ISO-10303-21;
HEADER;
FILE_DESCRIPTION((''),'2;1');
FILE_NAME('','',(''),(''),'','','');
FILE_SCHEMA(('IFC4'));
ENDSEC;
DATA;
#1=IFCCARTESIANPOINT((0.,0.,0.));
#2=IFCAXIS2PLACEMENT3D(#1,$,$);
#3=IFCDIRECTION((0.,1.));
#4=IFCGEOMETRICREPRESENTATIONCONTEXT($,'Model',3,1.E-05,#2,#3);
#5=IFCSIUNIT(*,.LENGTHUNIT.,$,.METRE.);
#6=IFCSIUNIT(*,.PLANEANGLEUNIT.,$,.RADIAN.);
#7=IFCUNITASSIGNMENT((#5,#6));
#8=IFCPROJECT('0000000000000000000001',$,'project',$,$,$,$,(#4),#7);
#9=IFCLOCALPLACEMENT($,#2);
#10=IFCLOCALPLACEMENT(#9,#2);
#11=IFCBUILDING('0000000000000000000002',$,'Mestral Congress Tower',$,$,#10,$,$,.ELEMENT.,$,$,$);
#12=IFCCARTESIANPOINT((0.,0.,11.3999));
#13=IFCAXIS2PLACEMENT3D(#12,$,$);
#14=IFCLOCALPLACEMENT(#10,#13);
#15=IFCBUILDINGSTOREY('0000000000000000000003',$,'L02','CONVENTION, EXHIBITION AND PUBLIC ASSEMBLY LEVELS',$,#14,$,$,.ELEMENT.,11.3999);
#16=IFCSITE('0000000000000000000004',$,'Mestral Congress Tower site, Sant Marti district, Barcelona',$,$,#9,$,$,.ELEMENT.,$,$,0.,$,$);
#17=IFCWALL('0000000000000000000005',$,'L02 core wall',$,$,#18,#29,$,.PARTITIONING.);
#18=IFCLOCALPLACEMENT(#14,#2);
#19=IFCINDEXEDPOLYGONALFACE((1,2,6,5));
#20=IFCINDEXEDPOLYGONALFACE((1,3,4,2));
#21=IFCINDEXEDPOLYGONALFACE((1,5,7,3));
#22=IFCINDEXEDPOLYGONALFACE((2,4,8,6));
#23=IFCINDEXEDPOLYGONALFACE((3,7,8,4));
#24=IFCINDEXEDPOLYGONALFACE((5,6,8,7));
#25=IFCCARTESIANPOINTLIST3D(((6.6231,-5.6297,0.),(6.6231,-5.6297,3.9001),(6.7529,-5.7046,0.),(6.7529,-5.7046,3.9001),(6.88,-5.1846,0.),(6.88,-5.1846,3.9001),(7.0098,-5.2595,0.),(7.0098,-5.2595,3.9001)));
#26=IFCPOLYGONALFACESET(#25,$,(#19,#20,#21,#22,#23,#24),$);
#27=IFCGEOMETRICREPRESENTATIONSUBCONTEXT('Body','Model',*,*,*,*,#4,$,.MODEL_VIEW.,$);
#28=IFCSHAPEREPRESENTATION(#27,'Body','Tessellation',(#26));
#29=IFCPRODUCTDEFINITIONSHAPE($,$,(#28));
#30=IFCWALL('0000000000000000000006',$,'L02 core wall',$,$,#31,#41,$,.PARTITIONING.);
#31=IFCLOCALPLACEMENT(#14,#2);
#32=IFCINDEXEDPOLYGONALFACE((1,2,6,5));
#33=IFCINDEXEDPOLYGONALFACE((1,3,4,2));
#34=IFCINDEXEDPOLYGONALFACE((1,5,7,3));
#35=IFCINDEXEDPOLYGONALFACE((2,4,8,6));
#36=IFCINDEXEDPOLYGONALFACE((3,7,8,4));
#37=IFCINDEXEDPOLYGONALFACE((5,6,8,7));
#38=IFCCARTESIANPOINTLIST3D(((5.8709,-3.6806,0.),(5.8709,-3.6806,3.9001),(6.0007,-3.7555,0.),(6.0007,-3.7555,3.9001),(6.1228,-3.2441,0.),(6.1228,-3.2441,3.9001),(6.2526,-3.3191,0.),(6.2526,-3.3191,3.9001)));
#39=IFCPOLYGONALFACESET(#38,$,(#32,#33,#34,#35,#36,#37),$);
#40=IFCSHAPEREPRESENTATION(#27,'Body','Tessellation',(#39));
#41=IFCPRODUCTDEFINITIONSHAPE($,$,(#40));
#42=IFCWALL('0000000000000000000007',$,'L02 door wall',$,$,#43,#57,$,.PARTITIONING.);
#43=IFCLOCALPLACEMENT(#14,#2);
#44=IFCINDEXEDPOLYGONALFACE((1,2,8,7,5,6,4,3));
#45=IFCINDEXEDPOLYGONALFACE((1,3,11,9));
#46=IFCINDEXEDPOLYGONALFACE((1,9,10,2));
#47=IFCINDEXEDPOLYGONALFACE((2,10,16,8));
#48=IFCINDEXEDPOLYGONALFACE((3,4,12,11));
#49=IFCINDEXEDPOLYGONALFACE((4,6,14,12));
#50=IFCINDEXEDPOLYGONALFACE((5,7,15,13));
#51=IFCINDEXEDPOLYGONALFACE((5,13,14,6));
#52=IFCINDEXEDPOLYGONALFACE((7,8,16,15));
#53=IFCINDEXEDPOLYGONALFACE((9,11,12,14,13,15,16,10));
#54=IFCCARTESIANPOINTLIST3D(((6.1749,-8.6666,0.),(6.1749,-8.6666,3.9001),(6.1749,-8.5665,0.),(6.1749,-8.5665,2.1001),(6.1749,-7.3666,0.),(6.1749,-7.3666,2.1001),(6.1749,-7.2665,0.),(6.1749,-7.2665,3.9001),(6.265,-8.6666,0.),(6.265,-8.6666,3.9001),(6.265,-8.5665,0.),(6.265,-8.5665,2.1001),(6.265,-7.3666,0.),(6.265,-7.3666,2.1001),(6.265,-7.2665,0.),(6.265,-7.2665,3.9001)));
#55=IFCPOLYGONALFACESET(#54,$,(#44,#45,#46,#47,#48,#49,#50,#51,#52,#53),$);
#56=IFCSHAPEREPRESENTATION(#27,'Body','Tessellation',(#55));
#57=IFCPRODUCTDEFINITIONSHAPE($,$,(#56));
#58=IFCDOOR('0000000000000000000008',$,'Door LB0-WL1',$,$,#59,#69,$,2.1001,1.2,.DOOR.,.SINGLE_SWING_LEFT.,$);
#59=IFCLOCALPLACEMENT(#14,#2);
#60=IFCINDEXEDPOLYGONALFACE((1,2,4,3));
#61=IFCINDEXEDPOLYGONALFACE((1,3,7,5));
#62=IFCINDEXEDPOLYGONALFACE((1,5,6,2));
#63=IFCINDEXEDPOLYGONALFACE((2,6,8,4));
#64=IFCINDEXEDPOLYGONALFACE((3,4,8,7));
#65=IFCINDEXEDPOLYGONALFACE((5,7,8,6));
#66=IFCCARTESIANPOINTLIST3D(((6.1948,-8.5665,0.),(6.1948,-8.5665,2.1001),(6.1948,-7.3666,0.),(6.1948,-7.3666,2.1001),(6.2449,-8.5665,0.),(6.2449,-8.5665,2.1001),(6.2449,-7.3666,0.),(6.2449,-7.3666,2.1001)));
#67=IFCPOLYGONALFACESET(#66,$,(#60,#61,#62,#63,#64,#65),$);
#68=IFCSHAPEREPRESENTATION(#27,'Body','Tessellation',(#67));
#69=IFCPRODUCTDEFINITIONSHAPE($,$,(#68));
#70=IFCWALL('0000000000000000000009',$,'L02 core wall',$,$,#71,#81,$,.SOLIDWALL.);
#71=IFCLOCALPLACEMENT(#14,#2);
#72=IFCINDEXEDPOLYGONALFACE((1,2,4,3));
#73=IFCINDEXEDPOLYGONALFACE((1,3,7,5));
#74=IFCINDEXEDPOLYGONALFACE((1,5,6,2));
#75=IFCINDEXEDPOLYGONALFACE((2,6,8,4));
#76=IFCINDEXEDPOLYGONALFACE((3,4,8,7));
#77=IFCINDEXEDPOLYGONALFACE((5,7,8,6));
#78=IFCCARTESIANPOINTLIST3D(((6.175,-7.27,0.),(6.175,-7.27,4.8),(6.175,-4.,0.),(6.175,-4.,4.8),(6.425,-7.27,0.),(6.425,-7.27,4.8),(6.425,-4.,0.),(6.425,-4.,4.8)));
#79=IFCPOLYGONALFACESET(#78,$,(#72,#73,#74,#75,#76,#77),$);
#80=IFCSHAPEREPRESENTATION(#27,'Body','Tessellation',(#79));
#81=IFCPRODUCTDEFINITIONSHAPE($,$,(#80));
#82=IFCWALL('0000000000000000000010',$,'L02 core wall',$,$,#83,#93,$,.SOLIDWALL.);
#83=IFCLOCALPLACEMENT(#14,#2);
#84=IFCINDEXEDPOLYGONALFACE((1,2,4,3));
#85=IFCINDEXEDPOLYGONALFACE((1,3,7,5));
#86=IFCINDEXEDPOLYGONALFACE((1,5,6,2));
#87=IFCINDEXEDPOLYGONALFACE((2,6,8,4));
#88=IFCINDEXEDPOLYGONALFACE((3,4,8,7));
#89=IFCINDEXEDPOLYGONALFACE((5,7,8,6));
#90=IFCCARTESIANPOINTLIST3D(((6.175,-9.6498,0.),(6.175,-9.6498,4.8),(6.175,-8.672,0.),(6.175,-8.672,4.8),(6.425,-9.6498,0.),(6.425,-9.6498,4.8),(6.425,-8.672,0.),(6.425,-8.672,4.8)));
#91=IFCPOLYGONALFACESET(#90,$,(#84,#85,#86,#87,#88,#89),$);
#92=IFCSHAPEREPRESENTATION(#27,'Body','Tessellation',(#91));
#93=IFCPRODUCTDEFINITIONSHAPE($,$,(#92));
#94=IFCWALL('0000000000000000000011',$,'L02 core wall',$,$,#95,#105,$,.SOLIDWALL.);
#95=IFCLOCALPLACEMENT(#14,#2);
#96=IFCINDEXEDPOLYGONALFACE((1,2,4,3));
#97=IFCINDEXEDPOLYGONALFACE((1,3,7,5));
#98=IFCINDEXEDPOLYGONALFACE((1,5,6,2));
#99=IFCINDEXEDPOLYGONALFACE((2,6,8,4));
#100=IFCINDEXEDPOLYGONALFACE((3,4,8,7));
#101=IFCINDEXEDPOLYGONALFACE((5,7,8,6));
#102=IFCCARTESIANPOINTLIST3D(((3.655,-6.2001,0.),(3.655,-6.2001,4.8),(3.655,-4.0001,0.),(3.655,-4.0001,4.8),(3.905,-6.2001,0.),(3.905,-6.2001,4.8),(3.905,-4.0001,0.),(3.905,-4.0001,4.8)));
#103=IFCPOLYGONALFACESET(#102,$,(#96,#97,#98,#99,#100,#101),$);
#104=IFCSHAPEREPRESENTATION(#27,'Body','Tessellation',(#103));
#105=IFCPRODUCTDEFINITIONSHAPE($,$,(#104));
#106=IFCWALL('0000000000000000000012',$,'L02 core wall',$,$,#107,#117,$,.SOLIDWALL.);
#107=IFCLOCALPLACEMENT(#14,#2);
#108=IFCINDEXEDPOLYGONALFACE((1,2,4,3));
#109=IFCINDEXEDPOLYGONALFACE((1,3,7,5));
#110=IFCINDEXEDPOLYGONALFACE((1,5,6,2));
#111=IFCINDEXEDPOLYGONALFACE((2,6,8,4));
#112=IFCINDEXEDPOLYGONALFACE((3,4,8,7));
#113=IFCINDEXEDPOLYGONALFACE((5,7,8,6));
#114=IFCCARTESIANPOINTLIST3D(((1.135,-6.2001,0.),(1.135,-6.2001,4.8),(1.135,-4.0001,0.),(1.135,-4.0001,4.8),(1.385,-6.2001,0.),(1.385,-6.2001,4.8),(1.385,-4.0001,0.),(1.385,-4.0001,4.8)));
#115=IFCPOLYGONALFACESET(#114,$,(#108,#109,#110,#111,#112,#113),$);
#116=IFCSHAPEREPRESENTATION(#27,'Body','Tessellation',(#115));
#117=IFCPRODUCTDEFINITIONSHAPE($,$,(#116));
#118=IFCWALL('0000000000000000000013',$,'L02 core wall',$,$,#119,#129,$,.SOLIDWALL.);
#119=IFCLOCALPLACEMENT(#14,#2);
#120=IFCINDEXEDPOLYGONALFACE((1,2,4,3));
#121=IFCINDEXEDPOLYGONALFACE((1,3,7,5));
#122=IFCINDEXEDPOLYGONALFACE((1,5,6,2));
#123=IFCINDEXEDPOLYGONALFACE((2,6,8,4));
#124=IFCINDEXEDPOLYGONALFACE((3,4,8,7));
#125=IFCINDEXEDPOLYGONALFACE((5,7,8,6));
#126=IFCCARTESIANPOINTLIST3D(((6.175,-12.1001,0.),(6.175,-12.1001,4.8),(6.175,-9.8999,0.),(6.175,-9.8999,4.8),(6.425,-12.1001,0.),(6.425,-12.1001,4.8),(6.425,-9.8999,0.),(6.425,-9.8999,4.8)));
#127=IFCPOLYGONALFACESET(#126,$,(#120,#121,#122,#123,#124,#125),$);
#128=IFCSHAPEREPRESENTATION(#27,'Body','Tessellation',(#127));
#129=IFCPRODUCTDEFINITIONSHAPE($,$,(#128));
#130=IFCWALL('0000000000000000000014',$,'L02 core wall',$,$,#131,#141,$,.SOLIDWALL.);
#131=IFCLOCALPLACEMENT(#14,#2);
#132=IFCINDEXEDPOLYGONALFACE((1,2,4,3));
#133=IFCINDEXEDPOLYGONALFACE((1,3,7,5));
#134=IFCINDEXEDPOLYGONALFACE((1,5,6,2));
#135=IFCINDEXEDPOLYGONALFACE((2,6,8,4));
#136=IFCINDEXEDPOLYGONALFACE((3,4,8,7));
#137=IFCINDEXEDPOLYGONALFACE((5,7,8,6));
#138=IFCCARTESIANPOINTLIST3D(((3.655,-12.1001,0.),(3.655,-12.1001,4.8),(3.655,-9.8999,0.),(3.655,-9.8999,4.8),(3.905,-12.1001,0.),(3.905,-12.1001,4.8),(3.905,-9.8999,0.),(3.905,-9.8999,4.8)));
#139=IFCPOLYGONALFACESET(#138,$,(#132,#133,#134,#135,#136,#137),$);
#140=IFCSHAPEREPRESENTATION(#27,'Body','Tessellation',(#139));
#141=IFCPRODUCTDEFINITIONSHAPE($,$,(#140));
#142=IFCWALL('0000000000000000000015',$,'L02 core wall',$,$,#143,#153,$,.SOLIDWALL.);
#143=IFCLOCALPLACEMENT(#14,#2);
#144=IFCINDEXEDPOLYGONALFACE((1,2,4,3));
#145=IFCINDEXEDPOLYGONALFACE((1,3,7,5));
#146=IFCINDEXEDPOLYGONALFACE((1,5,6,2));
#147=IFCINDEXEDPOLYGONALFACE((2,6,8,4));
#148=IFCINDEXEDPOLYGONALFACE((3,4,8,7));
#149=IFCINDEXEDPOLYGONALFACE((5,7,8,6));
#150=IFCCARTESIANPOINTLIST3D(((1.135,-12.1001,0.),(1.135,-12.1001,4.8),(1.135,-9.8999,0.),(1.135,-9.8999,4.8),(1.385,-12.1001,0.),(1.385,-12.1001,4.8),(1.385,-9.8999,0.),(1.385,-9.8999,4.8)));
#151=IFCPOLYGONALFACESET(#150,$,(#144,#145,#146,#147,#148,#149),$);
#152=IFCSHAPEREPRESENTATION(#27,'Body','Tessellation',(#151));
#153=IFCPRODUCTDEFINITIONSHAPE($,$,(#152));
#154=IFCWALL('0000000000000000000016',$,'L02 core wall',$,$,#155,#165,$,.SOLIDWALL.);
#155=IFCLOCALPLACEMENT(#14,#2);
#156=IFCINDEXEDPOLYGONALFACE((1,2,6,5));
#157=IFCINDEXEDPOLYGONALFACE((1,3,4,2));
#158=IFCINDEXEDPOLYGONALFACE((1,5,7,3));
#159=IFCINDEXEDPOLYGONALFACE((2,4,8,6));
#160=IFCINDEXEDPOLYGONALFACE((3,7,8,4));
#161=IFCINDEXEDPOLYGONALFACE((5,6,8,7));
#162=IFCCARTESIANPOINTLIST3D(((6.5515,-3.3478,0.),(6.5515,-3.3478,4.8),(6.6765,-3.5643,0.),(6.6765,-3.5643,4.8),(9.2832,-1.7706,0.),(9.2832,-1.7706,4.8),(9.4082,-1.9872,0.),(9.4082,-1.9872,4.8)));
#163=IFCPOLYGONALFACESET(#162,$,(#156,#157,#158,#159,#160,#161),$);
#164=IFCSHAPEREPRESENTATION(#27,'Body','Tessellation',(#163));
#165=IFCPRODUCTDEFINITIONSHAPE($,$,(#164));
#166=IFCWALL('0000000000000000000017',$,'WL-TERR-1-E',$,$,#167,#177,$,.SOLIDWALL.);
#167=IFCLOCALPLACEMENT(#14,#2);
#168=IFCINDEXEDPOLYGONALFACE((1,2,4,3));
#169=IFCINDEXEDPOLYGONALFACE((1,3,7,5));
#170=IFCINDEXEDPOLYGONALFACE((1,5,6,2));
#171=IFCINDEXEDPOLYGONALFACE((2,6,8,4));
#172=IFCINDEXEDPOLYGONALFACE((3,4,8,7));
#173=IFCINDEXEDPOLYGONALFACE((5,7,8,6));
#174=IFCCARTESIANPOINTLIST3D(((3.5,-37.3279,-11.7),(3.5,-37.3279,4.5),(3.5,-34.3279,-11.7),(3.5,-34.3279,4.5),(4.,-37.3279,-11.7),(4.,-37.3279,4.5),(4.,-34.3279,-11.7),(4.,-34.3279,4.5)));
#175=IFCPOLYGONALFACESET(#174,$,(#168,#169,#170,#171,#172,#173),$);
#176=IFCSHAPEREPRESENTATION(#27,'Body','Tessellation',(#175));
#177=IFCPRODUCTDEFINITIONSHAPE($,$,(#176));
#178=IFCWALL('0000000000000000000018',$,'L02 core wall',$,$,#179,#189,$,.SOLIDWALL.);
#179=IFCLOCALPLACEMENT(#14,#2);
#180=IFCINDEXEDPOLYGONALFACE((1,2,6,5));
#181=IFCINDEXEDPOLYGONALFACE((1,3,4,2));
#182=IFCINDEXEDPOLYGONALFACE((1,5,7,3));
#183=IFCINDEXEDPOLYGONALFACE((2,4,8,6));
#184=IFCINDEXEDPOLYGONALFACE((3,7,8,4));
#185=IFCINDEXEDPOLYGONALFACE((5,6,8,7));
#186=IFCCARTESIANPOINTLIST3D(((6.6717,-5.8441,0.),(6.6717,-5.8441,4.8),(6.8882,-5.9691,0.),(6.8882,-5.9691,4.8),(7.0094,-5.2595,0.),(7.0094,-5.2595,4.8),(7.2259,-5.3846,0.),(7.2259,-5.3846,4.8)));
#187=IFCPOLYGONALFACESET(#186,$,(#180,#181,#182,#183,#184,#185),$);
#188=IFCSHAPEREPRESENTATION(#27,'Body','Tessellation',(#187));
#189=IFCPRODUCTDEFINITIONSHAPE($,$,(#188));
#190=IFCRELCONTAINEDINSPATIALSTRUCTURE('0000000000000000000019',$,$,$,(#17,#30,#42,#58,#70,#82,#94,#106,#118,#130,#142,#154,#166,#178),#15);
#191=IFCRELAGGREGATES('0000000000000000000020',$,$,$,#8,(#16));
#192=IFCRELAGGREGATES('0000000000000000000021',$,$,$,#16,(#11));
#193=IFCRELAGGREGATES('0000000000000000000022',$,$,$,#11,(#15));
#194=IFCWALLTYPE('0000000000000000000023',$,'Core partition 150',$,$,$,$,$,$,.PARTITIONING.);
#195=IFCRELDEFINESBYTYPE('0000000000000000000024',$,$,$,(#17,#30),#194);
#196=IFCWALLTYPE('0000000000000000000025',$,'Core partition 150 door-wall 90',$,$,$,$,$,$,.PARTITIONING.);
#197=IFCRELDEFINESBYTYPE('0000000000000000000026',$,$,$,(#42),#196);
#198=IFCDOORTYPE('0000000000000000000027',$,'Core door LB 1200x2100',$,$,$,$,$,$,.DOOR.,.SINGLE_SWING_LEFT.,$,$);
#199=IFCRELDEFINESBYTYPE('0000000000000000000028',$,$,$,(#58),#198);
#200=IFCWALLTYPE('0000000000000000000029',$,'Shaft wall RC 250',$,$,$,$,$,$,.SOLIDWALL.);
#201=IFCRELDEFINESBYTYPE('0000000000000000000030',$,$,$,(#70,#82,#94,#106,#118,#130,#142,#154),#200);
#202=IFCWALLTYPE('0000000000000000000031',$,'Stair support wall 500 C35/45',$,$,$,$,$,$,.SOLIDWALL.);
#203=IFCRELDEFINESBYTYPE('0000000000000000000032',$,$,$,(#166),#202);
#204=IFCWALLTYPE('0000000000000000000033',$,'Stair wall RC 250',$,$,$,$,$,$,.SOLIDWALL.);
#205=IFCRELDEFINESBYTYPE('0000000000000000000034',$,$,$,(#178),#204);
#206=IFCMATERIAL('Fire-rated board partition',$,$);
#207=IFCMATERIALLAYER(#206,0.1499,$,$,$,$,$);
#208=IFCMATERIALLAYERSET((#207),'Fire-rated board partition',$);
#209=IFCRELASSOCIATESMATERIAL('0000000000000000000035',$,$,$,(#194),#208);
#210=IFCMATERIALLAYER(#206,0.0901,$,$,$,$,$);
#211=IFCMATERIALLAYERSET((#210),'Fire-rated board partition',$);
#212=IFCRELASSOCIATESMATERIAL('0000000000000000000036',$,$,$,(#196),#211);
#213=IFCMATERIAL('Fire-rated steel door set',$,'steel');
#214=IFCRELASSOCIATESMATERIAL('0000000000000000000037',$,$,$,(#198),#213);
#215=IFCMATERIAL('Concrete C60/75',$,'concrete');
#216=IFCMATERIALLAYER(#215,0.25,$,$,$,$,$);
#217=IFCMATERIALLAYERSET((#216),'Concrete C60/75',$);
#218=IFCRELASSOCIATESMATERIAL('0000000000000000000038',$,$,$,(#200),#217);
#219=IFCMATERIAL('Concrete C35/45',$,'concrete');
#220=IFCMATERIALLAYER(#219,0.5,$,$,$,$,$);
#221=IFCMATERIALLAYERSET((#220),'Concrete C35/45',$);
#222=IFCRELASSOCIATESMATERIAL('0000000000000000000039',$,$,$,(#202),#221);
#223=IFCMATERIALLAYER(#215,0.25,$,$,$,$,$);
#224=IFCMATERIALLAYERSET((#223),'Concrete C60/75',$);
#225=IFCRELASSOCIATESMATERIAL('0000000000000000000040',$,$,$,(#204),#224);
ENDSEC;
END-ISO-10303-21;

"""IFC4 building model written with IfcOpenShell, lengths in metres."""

from ifc_helpers import new_model, si_unit, direction, frame, frame_2d, origin, place, context, subcontext, project, spatial, rectangle, extrude, material, layer, layer_set, type_object, element, fill, save


model = new_model("IFC4")

# Units and contexts
model_context = context("Model", 3, precision=1e-05, world=origin(), true_north=direction((0.0, 1.0)))
body_context = subcontext(model_context, "Body", "Model", "MODEL_VIEW")
ifc_project = project(units=[si_unit("LENGTHUNIT", "METRE"), si_unit("PLANEANGLEUNIT", "RADIAN")], contexts=[model_context])

# Site, building, storey
site_placement = place(None, origin())
site = spatial("IfcSite", under=ifc_project, at=site_placement, Name="Mestral Congress Tower site, Sant Marti district, Barcelona", CompositionType="ELEMENT", RefElevation=0.0)
building_placement = place(site_placement, origin())
building = spatial("IfcBuilding", under=site, at=building_placement, Name="Mestral Congress Tower", CompositionType="ELEMENT")
storey_placement = place(building_placement, frame((0.0, 0.0, 11.3999)))
storey = spatial("IfcBuildingStorey", under=building, at=storey_placement, Name="L02", Description="CONVENTION, EXHIBITION AND PUBLIC ASSEMBLY LEVELS", CompositionType="ELEMENT", Elevation=11.3999)

# Walls
ifc_material_1 = material(Name="Fire-rated board partition")
ifc_layer_1 = layer(ifc_material_1, 0.1499)
ifc_layer_set_1 = layer_set([ifc_layer_1], Name="Fire-rated board partition")
wall_type_1 = type_object("IfcWallType", Name="Core partition 150", PredefinedType="PARTITIONING", material=ifc_layer_set_1)
wall_1_placement = place(storey_placement, frame((6.9448, -5.2222, 0.0), z_axis=(0.0, 0.0, 1.0), x_axis=(-0.499818, -0.86613, 0.0)))
element("IfcWall", 1, at=wall_1_placement, inside=storey, type_object=wall_type_1, Name="L02 core wall", PredefinedType="PARTITIONING", context=body_context, shape_type="SweptSolid", body=[
    extrude(rectangle(XDim=0.5139, YDim=0.1499, at=frame_2d((0.2568, 0.0))), origin(), (0.0, 0.0, 1.0), 3.9001),
])
wall_2_placement = place(storey_placement, frame((5.9358, -3.718, 0.0), z_axis=(0.0, 0.0, 1.0), x_axis=(0.49989, 0.866089, 0.0)))
element("IfcWall", 2, at=wall_2_placement, inside=storey, type_object=wall_type_1, Name="L02 core wall", PredefinedType="PARTITIONING", context=body_context, shape_type="SweptSolid", body=[
    extrude(rectangle(XDim=0.5039, YDim=0.1499, at=frame_2d((0.252, 0.0))), origin(), (0.0, 0.0, 1.0), 3.9001),
])

# Wall, opening, door
ifc_layer_2 = layer(ifc_material_1, 0.0901)
ifc_layer_set_2 = layer_set([ifc_layer_2], Name="Fire-rated board partition")
wall_type_2 = type_object("IfcWallType", Name="Core partition 150 door-wall 90", PredefinedType="PARTITIONING", material=ifc_layer_set_2)
wall_3_placement = place(storey_placement, frame((6.22, -7.2664, 0.0), z_axis=(0.0, 0.0, 1.0), x_axis=(0.0, -1.0, 0.0)))
wall_3 = element("IfcWall", 3, at=wall_3_placement, inside=storey, type_object=wall_type_2, Name="L02 door wall", PredefinedType="PARTITIONING", context=body_context, shape_type="SweptSolid", body=[
    extrude(rectangle(XDim=1.4001, YDim=0.0901, at=frame_2d((0.7002, 0.0))), origin(), (0.0, 0.0, 1.0), 3.9001),
])
opening_1_placement = place(wall_3_placement, frame((0.1001, 0.0, 0.0)))
opening_1 = element("IfcOpeningElement", 4, at=opening_1_placement, cuts=wall_3, PredefinedType="OPENING", context=body_context, shape_type="SweptSolid", body=[
    extrude(rectangle(XDim=1.2, YDim=2.1001, at=frame_2d((0.6001, 1.05))), frame((0.0, 0.0549, 0.0), z_axis=(0.0, -1.0, 0.0), x_axis=(1.0, 0.0, 0.0)), (0.0, 0.0, 1.0), 0.1101),
])
ifc_material_2 = material(Name="Fire-rated steel door set", Category="steel")
door_type_1 = type_object("IfcDoorType", Name="Core door LB 1200x2100", OperationType="SINGLE_SWING_LEFT", PredefinedType="DOOR", material=ifc_material_2)
door_1_placement = place(opening_1_placement, origin())
door_1 = element("IfcDoor", 5, at=door_1_placement, inside=storey, type_object=door_type_1, Name="Door LB0-WL1", OperationType="SINGLE_SWING_LEFT", OverallHeight=2.1001, OverallWidth=1.2, PredefinedType="DOOR", context=body_context, shape_type="SweptSolid", body=[
    extrude(rectangle(XDim=1.2, YDim=2.1001, at=frame_2d((0.6001, 1.05))), frame((0.0, 0.0249, 0.0), z_axis=(0.0, -1.0, 0.0), x_axis=(1.0, 0.0, 0.0)), (0.0, 0.0, 1.0), 0.05),
])
fill(opening_1, door_1)

# Walls
ifc_material_3 = material(Name="Concrete C60/75", Category="concrete")
ifc_layer_3 = layer(ifc_material_3, 0.25)
ifc_layer_set_3 = layer_set([ifc_layer_3], Name="Concrete C60/75")
wall_type_3 = type_object("IfcWallType", Name="Shaft wall RC 250", PredefinedType="SOLIDWALL", material=ifc_layer_set_3)
wall_4_placement = place(storey_placement, frame((6.3, -7.27, 0.0), z_axis=(0.0, 0.0, 1.0), x_axis=(0.0, 1.0, 0.0)))
element("IfcWall", 6, at=wall_4_placement, inside=storey, type_object=wall_type_3, Name="L02 core wall", PredefinedType="SOLIDWALL", context=body_context, shape_type="SweptSolid", body=[
    extrude(rectangle(XDim=3.27, YDim=0.25, at=frame_2d((1.635, 0.0))), origin(), (0.0, 0.0, 1.0), 4.8),
])
wall_5_placement = place(storey_placement, frame((6.3, -8.6721, 0.0), z_axis=(0.0, 0.0, 1.0), x_axis=(0.0, -1.0, 0.0)))
element("IfcWall", 7, at=wall_5_placement, inside=storey, type_object=wall_type_3, Name="L02 core wall", PredefinedType="SOLIDWALL", context=body_context, shape_type="SweptSolid", body=[
    extrude(rectangle(XDim=0.9778, YDim=0.25, at=frame_2d((0.4888, 0.0))), origin(), (0.0, 0.0, 1.0), 4.8),
])
for number, where, z_axis, x_axis, name in (
    (8, (3.78, -4.0, 0.0), (0.0, 0.0, 1.0), (0.0, -1.0, 0.0), "L02 core wall"),
    (9, (1.26, -4.0, 0.0), (0.0, 0.0, 1.0), (0.0, -1.0, 0.0), "L02 core wall"),
):
    element("IfcWall", number, at=place(storey_placement, frame(where, z_axis=z_axis, x_axis=x_axis)), inside=storey, type_object=wall_type_3, Name=name, PredefinedType="SOLIDWALL", context=body_context, shape_type="SweptSolid", body=[
        extrude(rectangle(XDim=2.2, YDim=0.25, at=frame_2d((1.1001, 0.0))), origin(), (0.0, 0.0, 1.0), 4.8),
    ])
for number, where, z_axis, x_axis, name in (
    (10, (6.3, -9.8999, 0.0), (0.0, 0.0, 1.0), (0.0, -1.0, 0.0), "L02 core wall"),
    (11, (3.78, -9.8999, 0.0), (0.0, 0.0, 1.0), (0.0, -1.0, 0.0), "L02 core wall"),
    (12, (1.26, -9.8999, 0.0), (0.0, 0.0, 1.0), (0.0, -1.0, 0.0), "L02 core wall"),
):
    element("IfcWall", number, at=place(storey_placement, frame(where, z_axis=z_axis, x_axis=x_axis)), inside=storey, type_object=wall_type_3, Name=name, PredefinedType="SOLIDWALL", context=body_context, shape_type="SweptSolid", body=[
        extrude(rectangle(XDim=2.2002, YDim=0.25, at=frame_2d((1.1001, 0.0))), origin(), (0.0, 0.0, 1.0), 4.8),
    ])
wall_6_placement = place(storey_placement, frame((6.614, -3.4561, 0.0), z_axis=(0.0, 0.0, 1.0), x_axis=(0.866024, 0.500002, 0.0)))
element("IfcWall", 13, at=wall_6_placement, inside=storey, type_object=wall_type_3, Name="L02 core wall", PredefinedType="SOLIDWALL", context=body_context, shape_type="SweptSolid", body=[
    extrude(rectangle(XDim=3.1543, YDim=0.25, at=frame_2d((1.5771, 0.0))), origin(), (0.0, 0.0, 1.0), 4.8),
])
ifc_material_4 = material(Name="Concrete C35/45", Category="concrete")
ifc_layer_4 = layer(ifc_material_4, 0.5)
ifc_layer_set_4 = layer_set([ifc_layer_4], Name="Concrete C35/45")
wall_type_4 = type_object("IfcWallType", Name="Stair support wall 500 C35/45", PredefinedType="SOLIDWALL", material=ifc_layer_set_4)
wall_7_placement = place(storey_placement, frame((3.75, -37.3279, -11.7), z_axis=(0.0, 0.0, 1.0), x_axis=(0.0, 1.0, 0.0)))
element("IfcWall", 14, at=wall_7_placement, inside=storey, type_object=wall_type_4, Name="WL-TERR-1-E", PredefinedType="SOLIDWALL", context=body_context, shape_type="SweptSolid", body=[
    extrude(rectangle(XDim=3.0, YDim=0.5, at=frame_2d((1.5, 0.0))), origin(), (0.0, 0.0, 1.0), 16.2),
])
ifc_layer_5 = layer(ifc_material_3, 0.25)
ifc_layer_set_5 = layer_set([ifc_layer_5], Name="Concrete C60/75")
wall_type_5 = type_object("IfcWallType", Name="Stair wall RC 250", PredefinedType="SOLIDWALL", material=ifc_layer_set_5)
wall_8_placement = place(storey_placement, frame((6.78, -5.9065, 0.0), z_axis=(0.0, 0.0, 1.0), x_axis=(0.500223, 0.865896, 0.0)))
element("IfcWall", 15, at=wall_8_placement, inside=storey, type_object=wall_type_5, Name="L02 core wall", PredefinedType="SOLIDWALL", context=body_context, shape_type="SweptSolid", body=[
    extrude(rectangle(XDim=0.675, YDim=0.25, at=frame_2d((0.3374, 0.0))), origin(), (0.0, 0.0, 1.0), 4.8),
])

save(model, "model.ifc")
